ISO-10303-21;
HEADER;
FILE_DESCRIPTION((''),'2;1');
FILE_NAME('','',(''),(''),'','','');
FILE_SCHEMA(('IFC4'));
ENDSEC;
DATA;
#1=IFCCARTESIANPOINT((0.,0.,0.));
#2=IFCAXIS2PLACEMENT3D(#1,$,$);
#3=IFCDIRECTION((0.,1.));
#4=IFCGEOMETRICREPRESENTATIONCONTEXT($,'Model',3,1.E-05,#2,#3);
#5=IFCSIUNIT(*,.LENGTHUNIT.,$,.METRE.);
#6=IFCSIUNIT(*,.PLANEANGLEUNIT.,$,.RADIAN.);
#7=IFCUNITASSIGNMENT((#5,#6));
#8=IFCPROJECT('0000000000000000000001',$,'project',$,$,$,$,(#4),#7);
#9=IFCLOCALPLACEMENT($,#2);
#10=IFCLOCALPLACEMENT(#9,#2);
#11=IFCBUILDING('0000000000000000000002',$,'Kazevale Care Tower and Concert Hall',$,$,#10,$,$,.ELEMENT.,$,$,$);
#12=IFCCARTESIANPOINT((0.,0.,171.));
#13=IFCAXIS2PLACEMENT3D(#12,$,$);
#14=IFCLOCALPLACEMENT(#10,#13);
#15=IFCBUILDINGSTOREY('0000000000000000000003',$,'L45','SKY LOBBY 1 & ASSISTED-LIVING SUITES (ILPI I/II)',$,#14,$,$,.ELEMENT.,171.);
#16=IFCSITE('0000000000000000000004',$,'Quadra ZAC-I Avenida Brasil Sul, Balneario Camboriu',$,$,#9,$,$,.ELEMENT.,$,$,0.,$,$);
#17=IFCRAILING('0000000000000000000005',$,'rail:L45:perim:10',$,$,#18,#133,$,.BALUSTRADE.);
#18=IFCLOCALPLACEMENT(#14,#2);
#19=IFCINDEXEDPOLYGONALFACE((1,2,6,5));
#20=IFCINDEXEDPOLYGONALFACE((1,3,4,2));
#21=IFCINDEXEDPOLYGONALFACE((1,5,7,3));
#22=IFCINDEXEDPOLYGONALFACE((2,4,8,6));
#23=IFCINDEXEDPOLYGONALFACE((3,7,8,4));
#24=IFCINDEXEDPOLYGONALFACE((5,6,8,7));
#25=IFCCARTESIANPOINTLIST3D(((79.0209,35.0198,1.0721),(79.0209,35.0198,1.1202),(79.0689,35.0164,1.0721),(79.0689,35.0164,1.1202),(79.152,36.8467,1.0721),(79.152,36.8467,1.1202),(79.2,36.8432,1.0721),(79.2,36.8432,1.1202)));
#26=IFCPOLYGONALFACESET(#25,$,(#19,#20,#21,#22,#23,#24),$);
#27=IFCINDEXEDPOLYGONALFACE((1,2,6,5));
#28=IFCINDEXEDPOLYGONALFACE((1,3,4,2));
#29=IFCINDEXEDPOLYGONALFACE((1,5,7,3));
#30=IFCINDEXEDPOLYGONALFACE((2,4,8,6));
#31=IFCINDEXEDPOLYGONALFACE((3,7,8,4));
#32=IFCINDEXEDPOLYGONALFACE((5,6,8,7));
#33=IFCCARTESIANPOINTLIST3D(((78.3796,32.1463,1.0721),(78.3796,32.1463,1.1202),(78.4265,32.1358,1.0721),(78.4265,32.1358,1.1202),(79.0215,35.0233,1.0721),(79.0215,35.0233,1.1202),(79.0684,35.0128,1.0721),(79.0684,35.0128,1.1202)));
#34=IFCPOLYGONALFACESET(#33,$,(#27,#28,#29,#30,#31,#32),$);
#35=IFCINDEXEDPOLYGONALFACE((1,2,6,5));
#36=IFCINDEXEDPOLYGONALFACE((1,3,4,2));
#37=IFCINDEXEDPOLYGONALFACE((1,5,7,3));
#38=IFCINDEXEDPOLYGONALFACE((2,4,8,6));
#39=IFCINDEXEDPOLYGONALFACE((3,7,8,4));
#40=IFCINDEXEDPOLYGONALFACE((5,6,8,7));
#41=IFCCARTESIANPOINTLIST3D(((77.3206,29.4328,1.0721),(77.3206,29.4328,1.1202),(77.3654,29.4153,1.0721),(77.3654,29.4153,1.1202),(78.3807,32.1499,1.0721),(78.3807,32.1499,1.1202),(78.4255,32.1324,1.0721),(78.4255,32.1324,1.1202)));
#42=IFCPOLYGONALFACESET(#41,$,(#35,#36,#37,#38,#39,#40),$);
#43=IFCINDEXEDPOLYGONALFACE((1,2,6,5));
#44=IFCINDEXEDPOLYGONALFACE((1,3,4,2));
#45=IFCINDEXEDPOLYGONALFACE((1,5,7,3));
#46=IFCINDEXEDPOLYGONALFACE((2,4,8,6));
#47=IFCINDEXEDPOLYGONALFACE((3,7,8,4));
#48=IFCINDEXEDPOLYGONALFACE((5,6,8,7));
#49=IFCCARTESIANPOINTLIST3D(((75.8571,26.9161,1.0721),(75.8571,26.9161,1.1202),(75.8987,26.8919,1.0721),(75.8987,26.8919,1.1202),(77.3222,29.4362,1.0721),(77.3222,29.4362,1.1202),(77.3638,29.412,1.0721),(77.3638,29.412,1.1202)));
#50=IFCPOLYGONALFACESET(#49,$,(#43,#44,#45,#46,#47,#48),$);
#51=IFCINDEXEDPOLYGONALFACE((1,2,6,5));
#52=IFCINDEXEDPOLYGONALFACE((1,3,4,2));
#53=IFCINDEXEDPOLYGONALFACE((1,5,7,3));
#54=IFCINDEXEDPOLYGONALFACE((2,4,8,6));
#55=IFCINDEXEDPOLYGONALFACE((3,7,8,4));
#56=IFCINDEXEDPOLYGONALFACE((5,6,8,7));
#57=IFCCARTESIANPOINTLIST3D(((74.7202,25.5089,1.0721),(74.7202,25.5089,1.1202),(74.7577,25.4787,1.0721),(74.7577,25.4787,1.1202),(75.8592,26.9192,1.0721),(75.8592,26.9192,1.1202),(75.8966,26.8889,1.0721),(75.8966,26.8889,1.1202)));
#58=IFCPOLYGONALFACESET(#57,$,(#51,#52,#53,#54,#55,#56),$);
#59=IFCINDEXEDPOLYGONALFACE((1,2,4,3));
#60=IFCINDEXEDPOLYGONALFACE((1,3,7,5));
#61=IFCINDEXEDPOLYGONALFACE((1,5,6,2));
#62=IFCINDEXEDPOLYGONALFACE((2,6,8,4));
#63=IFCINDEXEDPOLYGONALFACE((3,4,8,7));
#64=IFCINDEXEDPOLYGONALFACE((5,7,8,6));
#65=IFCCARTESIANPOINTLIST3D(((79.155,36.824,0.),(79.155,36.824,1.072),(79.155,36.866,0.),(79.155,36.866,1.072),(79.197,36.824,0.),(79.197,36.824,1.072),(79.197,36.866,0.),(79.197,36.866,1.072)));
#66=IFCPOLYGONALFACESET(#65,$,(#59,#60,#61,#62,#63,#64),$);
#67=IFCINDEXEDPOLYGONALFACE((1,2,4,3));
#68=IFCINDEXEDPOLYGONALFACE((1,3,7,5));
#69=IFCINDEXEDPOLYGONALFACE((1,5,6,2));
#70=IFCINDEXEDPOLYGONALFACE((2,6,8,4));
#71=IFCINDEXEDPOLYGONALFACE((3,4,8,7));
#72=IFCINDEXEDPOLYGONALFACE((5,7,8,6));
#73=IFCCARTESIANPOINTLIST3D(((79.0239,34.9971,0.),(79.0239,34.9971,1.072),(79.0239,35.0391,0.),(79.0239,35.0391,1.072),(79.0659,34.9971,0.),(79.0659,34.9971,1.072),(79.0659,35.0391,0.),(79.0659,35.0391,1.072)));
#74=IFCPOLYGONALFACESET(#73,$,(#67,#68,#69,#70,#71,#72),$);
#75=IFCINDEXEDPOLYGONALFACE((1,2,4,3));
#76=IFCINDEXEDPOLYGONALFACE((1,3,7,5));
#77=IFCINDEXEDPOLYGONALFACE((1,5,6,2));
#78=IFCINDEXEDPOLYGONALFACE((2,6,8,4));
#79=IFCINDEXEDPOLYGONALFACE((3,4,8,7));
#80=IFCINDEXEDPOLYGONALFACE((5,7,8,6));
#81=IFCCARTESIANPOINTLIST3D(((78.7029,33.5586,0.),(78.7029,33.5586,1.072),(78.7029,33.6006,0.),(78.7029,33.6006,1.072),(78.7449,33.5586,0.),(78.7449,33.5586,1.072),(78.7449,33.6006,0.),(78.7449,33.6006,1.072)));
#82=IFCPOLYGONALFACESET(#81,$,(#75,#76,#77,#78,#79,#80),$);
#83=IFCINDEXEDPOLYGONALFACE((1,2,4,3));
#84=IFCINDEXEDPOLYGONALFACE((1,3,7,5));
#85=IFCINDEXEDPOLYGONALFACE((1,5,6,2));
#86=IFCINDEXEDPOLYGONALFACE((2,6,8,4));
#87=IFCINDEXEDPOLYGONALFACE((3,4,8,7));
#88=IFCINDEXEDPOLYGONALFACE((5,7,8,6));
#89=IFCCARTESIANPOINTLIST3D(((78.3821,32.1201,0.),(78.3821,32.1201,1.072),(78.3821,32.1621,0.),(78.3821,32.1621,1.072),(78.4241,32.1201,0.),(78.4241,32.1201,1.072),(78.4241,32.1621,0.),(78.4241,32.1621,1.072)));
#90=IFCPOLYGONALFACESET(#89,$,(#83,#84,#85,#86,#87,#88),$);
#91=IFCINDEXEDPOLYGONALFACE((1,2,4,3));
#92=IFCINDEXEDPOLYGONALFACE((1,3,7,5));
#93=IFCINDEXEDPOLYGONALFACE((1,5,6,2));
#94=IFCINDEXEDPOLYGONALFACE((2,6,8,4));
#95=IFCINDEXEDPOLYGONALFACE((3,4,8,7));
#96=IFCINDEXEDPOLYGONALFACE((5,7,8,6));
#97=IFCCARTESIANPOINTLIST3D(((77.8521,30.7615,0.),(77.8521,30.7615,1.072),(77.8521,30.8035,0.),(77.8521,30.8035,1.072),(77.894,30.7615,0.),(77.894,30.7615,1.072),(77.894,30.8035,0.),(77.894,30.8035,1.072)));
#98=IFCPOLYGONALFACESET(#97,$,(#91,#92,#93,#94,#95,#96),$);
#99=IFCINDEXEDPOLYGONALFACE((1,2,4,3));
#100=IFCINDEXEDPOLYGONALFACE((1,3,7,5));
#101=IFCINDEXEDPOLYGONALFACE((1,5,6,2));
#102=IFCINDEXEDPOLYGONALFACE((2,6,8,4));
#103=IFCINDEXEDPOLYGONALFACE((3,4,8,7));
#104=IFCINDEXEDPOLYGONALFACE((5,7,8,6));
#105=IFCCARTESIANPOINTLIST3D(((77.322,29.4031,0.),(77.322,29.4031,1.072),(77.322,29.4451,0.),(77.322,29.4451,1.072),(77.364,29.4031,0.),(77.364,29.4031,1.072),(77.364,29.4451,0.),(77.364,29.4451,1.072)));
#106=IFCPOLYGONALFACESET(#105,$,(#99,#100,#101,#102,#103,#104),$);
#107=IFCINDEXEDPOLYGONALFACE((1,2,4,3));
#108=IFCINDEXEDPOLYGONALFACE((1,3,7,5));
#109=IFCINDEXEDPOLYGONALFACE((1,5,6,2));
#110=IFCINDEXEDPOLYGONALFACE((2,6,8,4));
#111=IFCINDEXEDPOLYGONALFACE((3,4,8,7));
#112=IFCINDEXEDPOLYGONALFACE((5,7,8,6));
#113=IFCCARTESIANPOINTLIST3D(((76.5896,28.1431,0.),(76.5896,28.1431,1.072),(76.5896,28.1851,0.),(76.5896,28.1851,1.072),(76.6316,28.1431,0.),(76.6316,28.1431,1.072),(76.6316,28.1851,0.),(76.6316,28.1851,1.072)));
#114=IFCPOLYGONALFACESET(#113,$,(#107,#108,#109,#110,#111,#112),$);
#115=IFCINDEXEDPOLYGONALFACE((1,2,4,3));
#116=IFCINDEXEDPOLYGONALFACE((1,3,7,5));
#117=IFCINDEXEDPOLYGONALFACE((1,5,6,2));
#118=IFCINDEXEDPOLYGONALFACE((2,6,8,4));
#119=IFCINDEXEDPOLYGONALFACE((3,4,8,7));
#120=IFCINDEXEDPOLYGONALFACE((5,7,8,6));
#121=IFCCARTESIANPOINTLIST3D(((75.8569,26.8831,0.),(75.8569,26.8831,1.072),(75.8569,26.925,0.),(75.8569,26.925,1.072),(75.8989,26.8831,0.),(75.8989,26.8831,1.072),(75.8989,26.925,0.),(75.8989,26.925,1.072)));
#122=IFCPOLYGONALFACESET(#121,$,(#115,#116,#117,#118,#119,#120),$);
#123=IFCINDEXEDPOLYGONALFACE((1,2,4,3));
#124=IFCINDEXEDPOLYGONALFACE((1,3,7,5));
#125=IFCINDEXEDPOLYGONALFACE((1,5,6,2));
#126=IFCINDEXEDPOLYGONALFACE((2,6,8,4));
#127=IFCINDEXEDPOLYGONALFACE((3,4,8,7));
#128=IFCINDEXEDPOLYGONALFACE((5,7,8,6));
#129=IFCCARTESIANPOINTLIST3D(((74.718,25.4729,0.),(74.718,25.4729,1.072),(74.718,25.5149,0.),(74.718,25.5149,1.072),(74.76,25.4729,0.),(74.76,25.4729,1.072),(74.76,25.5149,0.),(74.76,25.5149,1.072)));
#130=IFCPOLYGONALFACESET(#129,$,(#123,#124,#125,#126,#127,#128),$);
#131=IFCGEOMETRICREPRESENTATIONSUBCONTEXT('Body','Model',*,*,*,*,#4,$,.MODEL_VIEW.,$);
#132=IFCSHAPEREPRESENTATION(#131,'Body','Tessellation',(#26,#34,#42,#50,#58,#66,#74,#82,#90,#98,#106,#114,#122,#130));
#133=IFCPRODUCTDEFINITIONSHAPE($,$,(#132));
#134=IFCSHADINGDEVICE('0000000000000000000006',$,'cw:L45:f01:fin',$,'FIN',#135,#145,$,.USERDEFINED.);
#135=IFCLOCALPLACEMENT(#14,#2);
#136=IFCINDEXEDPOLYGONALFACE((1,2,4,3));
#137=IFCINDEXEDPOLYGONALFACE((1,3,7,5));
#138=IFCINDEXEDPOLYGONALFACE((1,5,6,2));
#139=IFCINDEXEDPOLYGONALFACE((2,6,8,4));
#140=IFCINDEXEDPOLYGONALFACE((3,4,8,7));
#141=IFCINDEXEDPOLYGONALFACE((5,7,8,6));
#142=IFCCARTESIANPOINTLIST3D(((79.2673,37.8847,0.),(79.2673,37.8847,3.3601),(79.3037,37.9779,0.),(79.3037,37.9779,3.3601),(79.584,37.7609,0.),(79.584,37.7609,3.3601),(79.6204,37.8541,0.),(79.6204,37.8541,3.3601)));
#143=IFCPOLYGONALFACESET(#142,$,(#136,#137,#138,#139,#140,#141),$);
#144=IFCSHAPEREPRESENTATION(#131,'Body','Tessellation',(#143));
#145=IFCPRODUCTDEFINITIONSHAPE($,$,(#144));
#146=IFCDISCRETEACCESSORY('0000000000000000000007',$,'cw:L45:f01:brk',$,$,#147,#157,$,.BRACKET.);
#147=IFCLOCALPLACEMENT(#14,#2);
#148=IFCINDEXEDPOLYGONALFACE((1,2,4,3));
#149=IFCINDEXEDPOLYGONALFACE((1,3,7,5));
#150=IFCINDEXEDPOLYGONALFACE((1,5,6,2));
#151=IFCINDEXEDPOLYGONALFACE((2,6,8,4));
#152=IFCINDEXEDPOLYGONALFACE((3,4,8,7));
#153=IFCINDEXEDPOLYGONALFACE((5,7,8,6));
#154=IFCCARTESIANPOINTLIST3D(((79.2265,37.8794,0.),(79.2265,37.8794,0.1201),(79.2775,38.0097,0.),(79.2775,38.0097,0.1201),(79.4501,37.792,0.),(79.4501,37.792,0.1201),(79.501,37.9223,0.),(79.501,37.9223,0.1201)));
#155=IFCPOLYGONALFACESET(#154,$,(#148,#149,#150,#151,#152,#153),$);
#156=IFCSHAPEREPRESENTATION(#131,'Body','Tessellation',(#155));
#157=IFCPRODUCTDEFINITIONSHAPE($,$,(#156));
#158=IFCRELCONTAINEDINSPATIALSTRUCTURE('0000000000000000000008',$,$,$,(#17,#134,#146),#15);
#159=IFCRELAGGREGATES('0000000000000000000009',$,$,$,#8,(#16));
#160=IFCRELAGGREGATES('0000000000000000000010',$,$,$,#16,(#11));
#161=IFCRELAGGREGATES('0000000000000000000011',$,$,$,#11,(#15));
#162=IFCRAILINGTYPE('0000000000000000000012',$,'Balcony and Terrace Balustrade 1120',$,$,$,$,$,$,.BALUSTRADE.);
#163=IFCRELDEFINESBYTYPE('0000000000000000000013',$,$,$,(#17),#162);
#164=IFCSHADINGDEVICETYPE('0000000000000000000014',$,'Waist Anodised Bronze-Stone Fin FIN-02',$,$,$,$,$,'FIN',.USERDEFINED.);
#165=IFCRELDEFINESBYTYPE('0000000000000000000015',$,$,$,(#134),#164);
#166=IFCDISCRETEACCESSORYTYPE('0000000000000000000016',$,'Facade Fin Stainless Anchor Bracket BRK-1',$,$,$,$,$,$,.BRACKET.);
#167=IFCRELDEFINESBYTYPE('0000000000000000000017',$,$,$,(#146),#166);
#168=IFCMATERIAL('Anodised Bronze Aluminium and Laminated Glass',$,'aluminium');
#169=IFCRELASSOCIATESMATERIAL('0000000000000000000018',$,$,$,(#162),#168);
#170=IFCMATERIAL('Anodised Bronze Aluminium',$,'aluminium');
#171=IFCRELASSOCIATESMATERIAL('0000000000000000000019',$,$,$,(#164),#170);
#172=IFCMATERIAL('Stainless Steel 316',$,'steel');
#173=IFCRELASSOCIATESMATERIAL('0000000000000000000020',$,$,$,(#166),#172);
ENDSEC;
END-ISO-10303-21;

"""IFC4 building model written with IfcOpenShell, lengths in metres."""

from ifc_helpers import new_model, si_unit, direction, frame, origin, origin_2d, place, context, subcontext, project, spatial, rectangle, extrude, material, type_object, element, save


model = new_model("IFC4")

# Units and contexts
model_context = context("Model", 3, precision=1e-05, world=origin(), true_north=direction((0.0, 1.0)))
body_context = subcontext(model_context, "Body", "Model", "MODEL_VIEW")
ifc_project = project(units=[si_unit("LENGTHUNIT", "METRE"), si_unit("PLANEANGLEUNIT", "RADIAN")], contexts=[model_context])

# Site, building, storey
site_placement = place(None, origin())
site = spatial("IfcSite", under=ifc_project, at=site_placement, Name="Quadra ZAC-I Avenida Brasil Sul, Balneario Camboriu", CompositionType="ELEMENT", RefElevation=0.0)
building_placement = place(site_placement, origin())
building = spatial("IfcBuilding", under=site, at=building_placement, Name="Kazevale Care Tower and Concert Hall", CompositionType="ELEMENT")
storey_placement = place(building_placement, frame((0.0, 0.0, 171.0)))
storey = spatial("IfcBuildingStorey", under=building, at=storey_placement, Name="L45", Description="SKY LOBBY 1 & ASSISTED-LIVING SUITES (ILPI I/II)", CompositionType="ELEMENT", Elevation=171.0)

# Railing
ifc_material_1 = material(Name="Anodised Bronze Aluminium and Laminated Glass", Category="aluminium")
railing_type = type_object("IfcRailingType", Name="Balcony and Terrace Balustrade 1120", PredefinedType="BALUSTRADE", material=ifc_material_1)
railing_placement = place(storey_placement, frame((79.176, 36.845, 0.0)))
element("IfcRailing", 1, at=railing_placement, inside=storey, type_object=railing_type, Name="rail:L45:perim:10", PredefinedType="BALUSTRADE", context=body_context, shape_type="SweptSolid", body=[
    extrude(rectangle(XDim=0.0481, YDim=0.0481, at=origin_2d()), frame((0.0, 0.0, 1.0962), z_axis=(-0.071579, -0.997435, 0.0), x_axis=(0.997435, -0.071579, 0.0)), (0.0, 0.0, 1.0), 1.8315),
    extrude(rectangle(XDim=0.0481, YDim=0.0481, at=origin_2d()), frame((-0.1311, -1.8269, 1.0962), z_axis=(-0.217746, -0.976005, 0.0), x_axis=(0.976005, -0.217746, 0.0)), (0.0, 0.0, 1.0), 2.9478),
    extrude(rectangle(XDim=0.0481, YDim=0.0481, at=origin_2d()), frame((-0.7729, -4.7039, 1.0962), z_axis=(-0.363468, -0.931607, 0.0), x_axis=(0.931607, -0.363468, 0.0)), (0.0, 0.0, 1.0), 2.9165),
    extrude(rectangle(XDim=0.0481, YDim=0.0481, at=origin_2d()), frame((-1.833, -7.4209, 1.0962), z_axis=(-0.50261, -0.864513, 0.0), x_axis=(0.864513, -0.50261, 0.0)), (0.0, 0.0, 1.0), 2.915),
    extrude(rectangle(XDim=0.0481, YDim=0.0481, at=origin_2d()), frame((-3.2981, -9.9409, 1.0962), z_axis=(-0.628318, -0.777956, 0.0), x_axis=(0.777956, -0.628318, 0.0)), (0.0, 0.0, 1.0), 1.8127),
    extrude(rectangle(XDim=0.042, YDim=0.042, at=origin_2d()), origin(), (0.0, 0.0, 1.0), 1.072),
    extrude(rectangle(XDim=0.042, YDim=0.042, at=origin_2d()), frame((-0.1311, -1.8269, 0.0)), (0.0, 0.0, 1.0), 1.072),
    extrude(rectangle(XDim=0.042, YDim=0.042, at=origin_2d()), frame((-0.4521, -3.2654, 0.0)), (0.0, 0.0, 1.0), 1.072),
    extrude(rectangle(XDim=0.042, YDim=0.042, at=origin_2d()), frame((-0.7729, -4.7039, 0.0)), (0.0, 0.0, 1.0), 1.072),
    extrude(rectangle(XDim=0.042, YDim=0.042, at=origin_2d()), frame((-1.303, -6.0625, 0.0)), (0.0, 0.0, 1.0), 1.072),
    extrude(rectangle(XDim=0.042, YDim=0.042, at=origin_2d()), frame((-1.833, -7.4209, 0.0)), (0.0, 0.0, 1.0), 1.072),
    extrude(rectangle(XDim=0.042, YDim=0.042, at=origin_2d()), frame((-2.5654, -8.6809, 0.0)), (0.0, 0.0, 1.0), 1.072),
    extrude(rectangle(XDim=0.042, YDim=0.042, at=origin_2d()), frame((-3.2981, -9.9409, 0.0)), (0.0, 0.0, 1.0), 1.072),
    extrude(rectangle(XDim=0.042, YDim=0.042, at=origin_2d()), frame((-4.437, -11.3511, 0.0)), (0.0, 0.0, 1.0), 1.072),
])

# Shading device
ifc_material_2 = material(Name="Anodised Bronze Aluminium", Category="aluminium")
shading_device_type = type_object("IfcShadingDeviceType", Name="Waist Anodised Bronze-Stone Fin FIN-02", ElementType="FIN", PredefinedType="USERDEFINED", material=ifc_material_2)
shading_device_placement = place(storey_placement, frame((79.4438, 37.8694, 0.0), z_axis=(0.0, 0.0, 1.0), x_axis=(0.931374, -0.364064, 0.0)))
element("IfcShadingDevice", 2, at=shading_device_placement, inside=storey, type_object=shading_device_type, Name="cw:L45:f01:fin", ObjectType="FIN", PredefinedType="USERDEFINED", context=body_context, shape_type="SweptSolid", body=[
    extrude(rectangle(XDim=0.3401, YDim=0.1001, at=origin_2d()), origin(), (0.0, 0.0, 1.0), 3.3601),
])

# Discrete accessory
ifc_material_3 = material(Name="Stainless Steel 316", Category="steel")
discrete_accessory_type = type_object("IfcDiscreteAccessoryType", Name="Facade Fin Stainless Anchor Bracket BRK-1", PredefinedType="BRACKET", material=ifc_material_3)
discrete_accessory_placement = place(storey_placement, frame((79.3638, 37.9009, 0.0), z_axis=(0.0, 0.0, 1.0), x_axis=(0.931374, -0.364064, 0.0)))
element("IfcDiscreteAccessory", 3, at=discrete_accessory_placement, inside=storey, type_object=discrete_accessory_type, Name="cw:L45:f01:brk", PredefinedType="BRACKET", context=body_context, shape_type="SweptSolid", body=[
    extrude(rectangle(XDim=0.24, YDim=0.1399, at=origin_2d()), origin(), (0.0, 0.0, 1.0), 0.1201),
])

save(model, "model.ifc")
